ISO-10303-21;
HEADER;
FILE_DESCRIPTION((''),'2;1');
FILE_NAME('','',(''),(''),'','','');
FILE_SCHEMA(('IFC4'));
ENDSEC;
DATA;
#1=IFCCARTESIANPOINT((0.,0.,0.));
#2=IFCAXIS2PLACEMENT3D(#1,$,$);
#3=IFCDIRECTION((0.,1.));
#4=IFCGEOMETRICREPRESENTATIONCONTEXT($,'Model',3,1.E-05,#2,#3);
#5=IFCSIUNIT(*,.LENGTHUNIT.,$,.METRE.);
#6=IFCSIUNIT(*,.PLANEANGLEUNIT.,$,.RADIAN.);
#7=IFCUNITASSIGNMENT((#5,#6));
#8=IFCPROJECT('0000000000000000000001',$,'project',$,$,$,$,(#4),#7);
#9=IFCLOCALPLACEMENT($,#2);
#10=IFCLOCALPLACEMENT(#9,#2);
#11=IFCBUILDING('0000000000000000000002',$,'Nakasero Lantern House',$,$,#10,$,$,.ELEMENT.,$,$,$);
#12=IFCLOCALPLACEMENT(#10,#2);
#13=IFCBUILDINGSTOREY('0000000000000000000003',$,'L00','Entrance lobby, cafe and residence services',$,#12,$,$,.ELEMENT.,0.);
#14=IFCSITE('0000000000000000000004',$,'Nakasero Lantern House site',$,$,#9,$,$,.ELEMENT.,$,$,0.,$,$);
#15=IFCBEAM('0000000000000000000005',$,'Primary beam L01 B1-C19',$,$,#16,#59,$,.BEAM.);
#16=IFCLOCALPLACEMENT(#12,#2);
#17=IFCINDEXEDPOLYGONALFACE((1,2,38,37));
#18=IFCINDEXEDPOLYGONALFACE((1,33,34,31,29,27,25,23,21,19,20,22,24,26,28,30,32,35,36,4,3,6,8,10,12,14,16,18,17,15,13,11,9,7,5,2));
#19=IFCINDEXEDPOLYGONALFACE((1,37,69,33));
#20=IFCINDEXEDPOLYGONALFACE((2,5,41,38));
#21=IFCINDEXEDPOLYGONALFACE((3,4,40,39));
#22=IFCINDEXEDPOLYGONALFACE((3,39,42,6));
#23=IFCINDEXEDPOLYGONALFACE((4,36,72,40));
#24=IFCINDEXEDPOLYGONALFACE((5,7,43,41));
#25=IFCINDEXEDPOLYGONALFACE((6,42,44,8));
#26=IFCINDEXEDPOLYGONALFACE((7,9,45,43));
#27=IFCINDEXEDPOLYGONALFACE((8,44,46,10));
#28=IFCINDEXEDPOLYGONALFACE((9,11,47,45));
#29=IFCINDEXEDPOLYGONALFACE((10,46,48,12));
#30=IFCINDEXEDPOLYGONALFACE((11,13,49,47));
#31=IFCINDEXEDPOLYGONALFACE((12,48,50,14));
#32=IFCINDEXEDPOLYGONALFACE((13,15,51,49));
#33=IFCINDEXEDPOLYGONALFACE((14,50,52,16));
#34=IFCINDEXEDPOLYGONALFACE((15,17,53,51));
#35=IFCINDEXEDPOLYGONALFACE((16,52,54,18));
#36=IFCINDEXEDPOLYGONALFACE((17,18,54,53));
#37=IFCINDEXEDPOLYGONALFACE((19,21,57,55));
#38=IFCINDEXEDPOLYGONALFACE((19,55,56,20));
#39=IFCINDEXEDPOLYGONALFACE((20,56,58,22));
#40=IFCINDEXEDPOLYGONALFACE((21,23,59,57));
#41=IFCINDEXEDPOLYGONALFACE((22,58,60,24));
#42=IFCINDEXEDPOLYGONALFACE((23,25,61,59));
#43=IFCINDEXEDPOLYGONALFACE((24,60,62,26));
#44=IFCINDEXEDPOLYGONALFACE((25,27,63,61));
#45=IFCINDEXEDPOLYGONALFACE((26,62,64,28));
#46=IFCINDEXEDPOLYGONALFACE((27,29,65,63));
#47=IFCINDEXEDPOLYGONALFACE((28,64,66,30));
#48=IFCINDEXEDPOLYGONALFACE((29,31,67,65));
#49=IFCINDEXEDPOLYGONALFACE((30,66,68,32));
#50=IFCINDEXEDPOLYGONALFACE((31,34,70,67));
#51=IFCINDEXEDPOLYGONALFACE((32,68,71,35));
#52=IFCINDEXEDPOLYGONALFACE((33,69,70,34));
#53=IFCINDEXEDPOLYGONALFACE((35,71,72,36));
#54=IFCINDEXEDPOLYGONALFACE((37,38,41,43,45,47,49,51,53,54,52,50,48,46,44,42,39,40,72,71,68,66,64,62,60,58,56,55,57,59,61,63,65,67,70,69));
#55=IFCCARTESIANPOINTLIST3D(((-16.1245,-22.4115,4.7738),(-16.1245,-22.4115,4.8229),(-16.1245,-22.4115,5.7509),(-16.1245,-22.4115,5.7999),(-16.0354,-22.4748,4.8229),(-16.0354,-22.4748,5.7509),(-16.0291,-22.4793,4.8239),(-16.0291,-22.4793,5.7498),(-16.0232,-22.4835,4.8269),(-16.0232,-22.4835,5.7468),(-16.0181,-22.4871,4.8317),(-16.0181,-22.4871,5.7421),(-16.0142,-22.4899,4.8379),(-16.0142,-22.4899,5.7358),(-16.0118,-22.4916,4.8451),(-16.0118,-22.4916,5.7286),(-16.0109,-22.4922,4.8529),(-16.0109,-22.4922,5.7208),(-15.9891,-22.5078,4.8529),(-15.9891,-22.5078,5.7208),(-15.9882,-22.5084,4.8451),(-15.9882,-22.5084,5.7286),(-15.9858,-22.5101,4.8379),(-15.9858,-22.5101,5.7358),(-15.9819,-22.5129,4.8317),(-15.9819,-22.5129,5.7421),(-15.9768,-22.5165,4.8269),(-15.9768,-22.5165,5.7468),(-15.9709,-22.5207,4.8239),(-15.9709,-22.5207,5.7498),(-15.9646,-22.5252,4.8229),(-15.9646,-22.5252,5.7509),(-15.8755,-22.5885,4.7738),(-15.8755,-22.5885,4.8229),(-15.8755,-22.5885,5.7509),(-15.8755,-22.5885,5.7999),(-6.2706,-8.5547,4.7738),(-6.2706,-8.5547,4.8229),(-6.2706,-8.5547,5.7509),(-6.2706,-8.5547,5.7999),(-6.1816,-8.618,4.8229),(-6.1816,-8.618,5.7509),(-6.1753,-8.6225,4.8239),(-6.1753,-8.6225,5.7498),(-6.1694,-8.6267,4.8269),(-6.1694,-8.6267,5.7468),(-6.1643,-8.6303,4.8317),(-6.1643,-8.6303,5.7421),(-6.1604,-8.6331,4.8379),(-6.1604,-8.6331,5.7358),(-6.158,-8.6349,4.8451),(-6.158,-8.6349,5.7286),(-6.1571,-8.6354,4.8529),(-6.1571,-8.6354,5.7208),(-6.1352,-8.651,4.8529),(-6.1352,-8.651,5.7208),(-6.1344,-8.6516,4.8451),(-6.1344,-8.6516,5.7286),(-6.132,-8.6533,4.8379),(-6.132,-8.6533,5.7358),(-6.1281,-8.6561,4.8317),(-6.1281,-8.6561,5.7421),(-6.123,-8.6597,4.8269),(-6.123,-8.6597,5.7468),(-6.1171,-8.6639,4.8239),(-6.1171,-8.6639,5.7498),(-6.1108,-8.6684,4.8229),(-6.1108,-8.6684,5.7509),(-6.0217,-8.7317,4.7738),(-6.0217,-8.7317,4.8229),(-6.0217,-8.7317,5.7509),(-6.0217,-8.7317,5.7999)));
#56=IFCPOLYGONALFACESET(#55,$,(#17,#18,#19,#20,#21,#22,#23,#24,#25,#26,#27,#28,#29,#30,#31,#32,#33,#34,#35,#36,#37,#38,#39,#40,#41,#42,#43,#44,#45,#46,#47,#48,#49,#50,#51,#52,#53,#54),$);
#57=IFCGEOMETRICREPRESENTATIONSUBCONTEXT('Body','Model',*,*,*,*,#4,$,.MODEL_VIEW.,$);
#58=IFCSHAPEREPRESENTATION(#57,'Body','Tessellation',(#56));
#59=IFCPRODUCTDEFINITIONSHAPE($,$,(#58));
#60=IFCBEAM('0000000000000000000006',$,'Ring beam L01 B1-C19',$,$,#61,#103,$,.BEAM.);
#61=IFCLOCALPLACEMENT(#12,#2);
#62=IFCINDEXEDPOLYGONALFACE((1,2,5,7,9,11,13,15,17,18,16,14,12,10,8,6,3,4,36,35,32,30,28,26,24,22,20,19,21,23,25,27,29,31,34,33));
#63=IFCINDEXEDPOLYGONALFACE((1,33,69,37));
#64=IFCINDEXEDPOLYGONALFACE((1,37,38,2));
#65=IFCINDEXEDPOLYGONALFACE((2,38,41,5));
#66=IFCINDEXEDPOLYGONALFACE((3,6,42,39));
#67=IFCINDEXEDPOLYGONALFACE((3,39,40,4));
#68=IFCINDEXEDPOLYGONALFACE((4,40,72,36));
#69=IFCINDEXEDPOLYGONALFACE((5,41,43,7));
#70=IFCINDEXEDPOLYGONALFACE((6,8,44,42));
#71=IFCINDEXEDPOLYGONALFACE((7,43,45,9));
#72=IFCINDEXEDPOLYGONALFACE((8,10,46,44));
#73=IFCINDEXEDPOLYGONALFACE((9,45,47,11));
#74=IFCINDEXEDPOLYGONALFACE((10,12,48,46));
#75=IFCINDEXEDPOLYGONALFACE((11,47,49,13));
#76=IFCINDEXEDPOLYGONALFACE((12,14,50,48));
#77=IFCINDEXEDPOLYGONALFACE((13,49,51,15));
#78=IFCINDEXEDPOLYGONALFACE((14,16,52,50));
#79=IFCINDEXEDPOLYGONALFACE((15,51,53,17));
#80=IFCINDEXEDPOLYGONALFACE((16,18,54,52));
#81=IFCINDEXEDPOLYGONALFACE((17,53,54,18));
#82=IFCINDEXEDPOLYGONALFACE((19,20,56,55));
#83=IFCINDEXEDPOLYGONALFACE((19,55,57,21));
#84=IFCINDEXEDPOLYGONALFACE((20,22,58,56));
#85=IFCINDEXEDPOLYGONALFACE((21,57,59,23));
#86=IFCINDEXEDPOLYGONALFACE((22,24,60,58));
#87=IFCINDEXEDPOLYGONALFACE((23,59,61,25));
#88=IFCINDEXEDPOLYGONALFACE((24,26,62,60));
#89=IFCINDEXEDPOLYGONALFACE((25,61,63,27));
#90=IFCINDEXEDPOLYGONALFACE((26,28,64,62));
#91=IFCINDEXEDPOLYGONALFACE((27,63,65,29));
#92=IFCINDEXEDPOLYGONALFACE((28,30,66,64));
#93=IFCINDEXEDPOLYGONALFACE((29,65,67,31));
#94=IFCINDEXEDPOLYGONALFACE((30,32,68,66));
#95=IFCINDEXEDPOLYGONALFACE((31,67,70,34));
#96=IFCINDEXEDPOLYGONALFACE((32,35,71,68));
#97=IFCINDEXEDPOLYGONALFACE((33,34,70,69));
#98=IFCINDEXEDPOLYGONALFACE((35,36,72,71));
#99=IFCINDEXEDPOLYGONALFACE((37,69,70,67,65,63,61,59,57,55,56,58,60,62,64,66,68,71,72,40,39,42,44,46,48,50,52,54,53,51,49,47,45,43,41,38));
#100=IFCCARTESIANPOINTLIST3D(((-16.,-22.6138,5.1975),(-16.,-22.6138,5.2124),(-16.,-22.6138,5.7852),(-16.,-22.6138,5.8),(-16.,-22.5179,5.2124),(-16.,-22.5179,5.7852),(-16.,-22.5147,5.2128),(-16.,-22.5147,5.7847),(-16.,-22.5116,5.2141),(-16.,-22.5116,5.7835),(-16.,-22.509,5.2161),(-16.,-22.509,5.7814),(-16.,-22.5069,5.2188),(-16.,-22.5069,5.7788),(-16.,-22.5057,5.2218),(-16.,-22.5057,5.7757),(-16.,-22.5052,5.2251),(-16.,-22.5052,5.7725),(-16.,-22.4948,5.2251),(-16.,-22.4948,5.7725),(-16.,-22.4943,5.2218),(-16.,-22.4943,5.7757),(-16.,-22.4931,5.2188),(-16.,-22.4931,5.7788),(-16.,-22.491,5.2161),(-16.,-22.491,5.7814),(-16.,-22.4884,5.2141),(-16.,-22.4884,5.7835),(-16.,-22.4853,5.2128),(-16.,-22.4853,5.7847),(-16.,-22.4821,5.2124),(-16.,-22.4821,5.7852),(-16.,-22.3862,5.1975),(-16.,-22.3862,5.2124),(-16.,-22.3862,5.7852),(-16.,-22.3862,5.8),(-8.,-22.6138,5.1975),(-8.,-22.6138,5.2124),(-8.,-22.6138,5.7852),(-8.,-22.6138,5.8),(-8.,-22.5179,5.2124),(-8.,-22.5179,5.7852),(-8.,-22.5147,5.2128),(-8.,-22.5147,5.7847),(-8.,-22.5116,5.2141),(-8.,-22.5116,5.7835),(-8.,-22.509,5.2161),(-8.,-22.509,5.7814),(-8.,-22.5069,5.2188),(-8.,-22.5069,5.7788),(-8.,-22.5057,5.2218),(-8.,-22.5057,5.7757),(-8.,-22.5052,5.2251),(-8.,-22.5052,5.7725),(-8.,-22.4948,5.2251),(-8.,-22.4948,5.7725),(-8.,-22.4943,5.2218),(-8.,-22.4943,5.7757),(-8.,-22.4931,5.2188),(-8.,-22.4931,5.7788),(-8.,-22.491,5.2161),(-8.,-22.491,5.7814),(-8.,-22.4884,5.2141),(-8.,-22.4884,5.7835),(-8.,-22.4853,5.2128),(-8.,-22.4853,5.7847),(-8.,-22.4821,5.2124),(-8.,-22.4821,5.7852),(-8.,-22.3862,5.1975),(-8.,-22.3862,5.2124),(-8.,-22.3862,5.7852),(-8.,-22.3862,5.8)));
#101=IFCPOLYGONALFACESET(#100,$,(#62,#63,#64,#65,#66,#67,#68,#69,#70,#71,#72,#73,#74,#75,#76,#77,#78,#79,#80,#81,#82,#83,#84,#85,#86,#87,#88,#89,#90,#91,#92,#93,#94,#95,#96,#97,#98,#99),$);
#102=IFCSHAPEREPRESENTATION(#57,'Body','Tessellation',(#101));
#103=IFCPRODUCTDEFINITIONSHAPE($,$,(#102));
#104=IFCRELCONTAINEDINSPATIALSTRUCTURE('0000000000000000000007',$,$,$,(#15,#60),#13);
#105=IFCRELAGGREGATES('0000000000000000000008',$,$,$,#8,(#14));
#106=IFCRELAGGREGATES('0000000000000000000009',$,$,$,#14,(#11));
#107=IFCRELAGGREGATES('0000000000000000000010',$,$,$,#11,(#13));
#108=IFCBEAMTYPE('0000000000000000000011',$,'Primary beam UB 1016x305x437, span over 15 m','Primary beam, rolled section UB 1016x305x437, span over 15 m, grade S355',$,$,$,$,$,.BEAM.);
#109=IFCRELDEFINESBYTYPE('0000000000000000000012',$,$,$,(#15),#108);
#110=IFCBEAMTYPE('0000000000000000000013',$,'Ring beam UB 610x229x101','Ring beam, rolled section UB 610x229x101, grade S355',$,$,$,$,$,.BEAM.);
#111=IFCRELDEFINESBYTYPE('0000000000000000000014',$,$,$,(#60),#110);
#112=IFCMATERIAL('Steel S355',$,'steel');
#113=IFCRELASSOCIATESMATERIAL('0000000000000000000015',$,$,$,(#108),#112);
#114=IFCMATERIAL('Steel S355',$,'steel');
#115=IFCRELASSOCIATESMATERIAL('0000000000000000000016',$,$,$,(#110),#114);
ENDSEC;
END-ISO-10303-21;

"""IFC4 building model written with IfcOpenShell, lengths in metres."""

from ifc_helpers import new_model, si_unit, direction, frame, origin, origin_2d, place, context, subcontext, project, spatial, i_section, extrude, material, material_profile, profile_set, type_object, element, save


model = new_model("IFC4")

# Units and contexts
model_context = context("Model", 3, precision=1e-05, world=origin(), true_north=direction((0.0, 1.0)))
body_context = subcontext(model_context, "Body", "Model", "MODEL_VIEW")
ifc_project = project(units=[si_unit("LENGTHUNIT", "METRE"), si_unit("PLANEANGLEUNIT", "RADIAN")], contexts=[model_context])

# Site, building, storey
site_placement = place(None, origin())
site = spatial("IfcSite", under=ifc_project, at=site_placement, Name="Nakasero Lantern House site", CompositionType="ELEMENT", RefElevation=0.0)
building_placement = place(site_placement, origin())
building = spatial("IfcBuilding", under=site, at=building_placement, Name="Nakasero Lantern House", CompositionType="ELEMENT")
storey_placement = place(building_placement, origin())
storey = spatial("IfcBuildingStorey", under=building, at=storey_placement, Name="L00", Description="Entrance lobby, cafe and residence services", CompositionType="ELEMENT", Elevation=0.0)

# Beams
ifc_material_1 = material(Name="Steel S355", Category="steel")
ifc_material_profile_1 = material_profile(ifc_material_1, i_section(OverallWidth=0.3054, OverallDepth=1.0261, WebThickness=0.0269, FlangeThickness=0.0491, FilletRadius=0.03, at=origin_2d()), Name="UB 1016x305x437")
ifc_profile_set_1 = profile_set([ifc_material_profile_1], Name="Steel S355")
beam_type_1 = type_object("IfcBeamType", Name="Primary beam UB 1016x305x437, span over 15 m", Description="Primary beam, rolled section UB 1016x305x437, span over 15 m, grade S355", PredefinedType="BEAM", material=ifc_profile_set_1)
beam_1_placement = place(storey_placement, frame((-16.0, -22.5, 5.2869), z_axis=(0.579528, 0.814952, 0.0), x_axis=(-0.814952, 0.579528, 0.0)))
element("IfcBeam", 1, at=beam_1_placement, inside=storey, type_object=beam_type_1, Name="Primary beam L01 B1-C19", PredefinedType="BEAM", context=body_context, shape_type="SweptSolid", body=[
    extrude(i_section(OverallWidth=0.3054, OverallDepth=1.0261, WebThickness=0.0269, FlangeThickness=0.0491, FilletRadius=0.03, at=origin_2d()), origin(), (0.0, 0.0, 1.0), 17.0032),
])
ifc_material_2 = material(Name="Steel S355", Category="steel")
ifc_material_profile_2 = material_profile(ifc_material_2, i_section(OverallWidth=0.2275, OverallDepth=0.6025, WebThickness=0.0105, FlangeThickness=0.0149, FilletRadius=0.0127, at=origin_2d()), Name="UB 610x229x101")
ifc_profile_set_2 = profile_set([ifc_material_profile_2], Name="Steel S355")
beam_type_2 = type_object("IfcBeamType", Name="Ring beam UB 610x229x101", Description="Ring beam, rolled section UB 610x229x101, grade S355", PredefinedType="BEAM", material=ifc_profile_set_2)
beam_2_placement = place(storey_placement, frame((-16.0, -22.5, 5.4988), z_axis=(1.0, 0.0, 0.0), x_axis=(0.0, 1.0, 0.0)))
element("IfcBeam", 2, at=beam_2_placement, inside=storey, type_object=beam_type_2, Name="Ring beam L01 B1-C19", PredefinedType="BEAM", context=body_context, shape_type="SweptSolid", body=[
    extrude(i_section(OverallWidth=0.2275, OverallDepth=0.6025, WebThickness=0.0105, FlangeThickness=0.0149, FilletRadius=0.0127, at=origin_2d()), origin(), (0.0, 0.0, 1.0), 8.0),
])

save(model, "model.ifc")
